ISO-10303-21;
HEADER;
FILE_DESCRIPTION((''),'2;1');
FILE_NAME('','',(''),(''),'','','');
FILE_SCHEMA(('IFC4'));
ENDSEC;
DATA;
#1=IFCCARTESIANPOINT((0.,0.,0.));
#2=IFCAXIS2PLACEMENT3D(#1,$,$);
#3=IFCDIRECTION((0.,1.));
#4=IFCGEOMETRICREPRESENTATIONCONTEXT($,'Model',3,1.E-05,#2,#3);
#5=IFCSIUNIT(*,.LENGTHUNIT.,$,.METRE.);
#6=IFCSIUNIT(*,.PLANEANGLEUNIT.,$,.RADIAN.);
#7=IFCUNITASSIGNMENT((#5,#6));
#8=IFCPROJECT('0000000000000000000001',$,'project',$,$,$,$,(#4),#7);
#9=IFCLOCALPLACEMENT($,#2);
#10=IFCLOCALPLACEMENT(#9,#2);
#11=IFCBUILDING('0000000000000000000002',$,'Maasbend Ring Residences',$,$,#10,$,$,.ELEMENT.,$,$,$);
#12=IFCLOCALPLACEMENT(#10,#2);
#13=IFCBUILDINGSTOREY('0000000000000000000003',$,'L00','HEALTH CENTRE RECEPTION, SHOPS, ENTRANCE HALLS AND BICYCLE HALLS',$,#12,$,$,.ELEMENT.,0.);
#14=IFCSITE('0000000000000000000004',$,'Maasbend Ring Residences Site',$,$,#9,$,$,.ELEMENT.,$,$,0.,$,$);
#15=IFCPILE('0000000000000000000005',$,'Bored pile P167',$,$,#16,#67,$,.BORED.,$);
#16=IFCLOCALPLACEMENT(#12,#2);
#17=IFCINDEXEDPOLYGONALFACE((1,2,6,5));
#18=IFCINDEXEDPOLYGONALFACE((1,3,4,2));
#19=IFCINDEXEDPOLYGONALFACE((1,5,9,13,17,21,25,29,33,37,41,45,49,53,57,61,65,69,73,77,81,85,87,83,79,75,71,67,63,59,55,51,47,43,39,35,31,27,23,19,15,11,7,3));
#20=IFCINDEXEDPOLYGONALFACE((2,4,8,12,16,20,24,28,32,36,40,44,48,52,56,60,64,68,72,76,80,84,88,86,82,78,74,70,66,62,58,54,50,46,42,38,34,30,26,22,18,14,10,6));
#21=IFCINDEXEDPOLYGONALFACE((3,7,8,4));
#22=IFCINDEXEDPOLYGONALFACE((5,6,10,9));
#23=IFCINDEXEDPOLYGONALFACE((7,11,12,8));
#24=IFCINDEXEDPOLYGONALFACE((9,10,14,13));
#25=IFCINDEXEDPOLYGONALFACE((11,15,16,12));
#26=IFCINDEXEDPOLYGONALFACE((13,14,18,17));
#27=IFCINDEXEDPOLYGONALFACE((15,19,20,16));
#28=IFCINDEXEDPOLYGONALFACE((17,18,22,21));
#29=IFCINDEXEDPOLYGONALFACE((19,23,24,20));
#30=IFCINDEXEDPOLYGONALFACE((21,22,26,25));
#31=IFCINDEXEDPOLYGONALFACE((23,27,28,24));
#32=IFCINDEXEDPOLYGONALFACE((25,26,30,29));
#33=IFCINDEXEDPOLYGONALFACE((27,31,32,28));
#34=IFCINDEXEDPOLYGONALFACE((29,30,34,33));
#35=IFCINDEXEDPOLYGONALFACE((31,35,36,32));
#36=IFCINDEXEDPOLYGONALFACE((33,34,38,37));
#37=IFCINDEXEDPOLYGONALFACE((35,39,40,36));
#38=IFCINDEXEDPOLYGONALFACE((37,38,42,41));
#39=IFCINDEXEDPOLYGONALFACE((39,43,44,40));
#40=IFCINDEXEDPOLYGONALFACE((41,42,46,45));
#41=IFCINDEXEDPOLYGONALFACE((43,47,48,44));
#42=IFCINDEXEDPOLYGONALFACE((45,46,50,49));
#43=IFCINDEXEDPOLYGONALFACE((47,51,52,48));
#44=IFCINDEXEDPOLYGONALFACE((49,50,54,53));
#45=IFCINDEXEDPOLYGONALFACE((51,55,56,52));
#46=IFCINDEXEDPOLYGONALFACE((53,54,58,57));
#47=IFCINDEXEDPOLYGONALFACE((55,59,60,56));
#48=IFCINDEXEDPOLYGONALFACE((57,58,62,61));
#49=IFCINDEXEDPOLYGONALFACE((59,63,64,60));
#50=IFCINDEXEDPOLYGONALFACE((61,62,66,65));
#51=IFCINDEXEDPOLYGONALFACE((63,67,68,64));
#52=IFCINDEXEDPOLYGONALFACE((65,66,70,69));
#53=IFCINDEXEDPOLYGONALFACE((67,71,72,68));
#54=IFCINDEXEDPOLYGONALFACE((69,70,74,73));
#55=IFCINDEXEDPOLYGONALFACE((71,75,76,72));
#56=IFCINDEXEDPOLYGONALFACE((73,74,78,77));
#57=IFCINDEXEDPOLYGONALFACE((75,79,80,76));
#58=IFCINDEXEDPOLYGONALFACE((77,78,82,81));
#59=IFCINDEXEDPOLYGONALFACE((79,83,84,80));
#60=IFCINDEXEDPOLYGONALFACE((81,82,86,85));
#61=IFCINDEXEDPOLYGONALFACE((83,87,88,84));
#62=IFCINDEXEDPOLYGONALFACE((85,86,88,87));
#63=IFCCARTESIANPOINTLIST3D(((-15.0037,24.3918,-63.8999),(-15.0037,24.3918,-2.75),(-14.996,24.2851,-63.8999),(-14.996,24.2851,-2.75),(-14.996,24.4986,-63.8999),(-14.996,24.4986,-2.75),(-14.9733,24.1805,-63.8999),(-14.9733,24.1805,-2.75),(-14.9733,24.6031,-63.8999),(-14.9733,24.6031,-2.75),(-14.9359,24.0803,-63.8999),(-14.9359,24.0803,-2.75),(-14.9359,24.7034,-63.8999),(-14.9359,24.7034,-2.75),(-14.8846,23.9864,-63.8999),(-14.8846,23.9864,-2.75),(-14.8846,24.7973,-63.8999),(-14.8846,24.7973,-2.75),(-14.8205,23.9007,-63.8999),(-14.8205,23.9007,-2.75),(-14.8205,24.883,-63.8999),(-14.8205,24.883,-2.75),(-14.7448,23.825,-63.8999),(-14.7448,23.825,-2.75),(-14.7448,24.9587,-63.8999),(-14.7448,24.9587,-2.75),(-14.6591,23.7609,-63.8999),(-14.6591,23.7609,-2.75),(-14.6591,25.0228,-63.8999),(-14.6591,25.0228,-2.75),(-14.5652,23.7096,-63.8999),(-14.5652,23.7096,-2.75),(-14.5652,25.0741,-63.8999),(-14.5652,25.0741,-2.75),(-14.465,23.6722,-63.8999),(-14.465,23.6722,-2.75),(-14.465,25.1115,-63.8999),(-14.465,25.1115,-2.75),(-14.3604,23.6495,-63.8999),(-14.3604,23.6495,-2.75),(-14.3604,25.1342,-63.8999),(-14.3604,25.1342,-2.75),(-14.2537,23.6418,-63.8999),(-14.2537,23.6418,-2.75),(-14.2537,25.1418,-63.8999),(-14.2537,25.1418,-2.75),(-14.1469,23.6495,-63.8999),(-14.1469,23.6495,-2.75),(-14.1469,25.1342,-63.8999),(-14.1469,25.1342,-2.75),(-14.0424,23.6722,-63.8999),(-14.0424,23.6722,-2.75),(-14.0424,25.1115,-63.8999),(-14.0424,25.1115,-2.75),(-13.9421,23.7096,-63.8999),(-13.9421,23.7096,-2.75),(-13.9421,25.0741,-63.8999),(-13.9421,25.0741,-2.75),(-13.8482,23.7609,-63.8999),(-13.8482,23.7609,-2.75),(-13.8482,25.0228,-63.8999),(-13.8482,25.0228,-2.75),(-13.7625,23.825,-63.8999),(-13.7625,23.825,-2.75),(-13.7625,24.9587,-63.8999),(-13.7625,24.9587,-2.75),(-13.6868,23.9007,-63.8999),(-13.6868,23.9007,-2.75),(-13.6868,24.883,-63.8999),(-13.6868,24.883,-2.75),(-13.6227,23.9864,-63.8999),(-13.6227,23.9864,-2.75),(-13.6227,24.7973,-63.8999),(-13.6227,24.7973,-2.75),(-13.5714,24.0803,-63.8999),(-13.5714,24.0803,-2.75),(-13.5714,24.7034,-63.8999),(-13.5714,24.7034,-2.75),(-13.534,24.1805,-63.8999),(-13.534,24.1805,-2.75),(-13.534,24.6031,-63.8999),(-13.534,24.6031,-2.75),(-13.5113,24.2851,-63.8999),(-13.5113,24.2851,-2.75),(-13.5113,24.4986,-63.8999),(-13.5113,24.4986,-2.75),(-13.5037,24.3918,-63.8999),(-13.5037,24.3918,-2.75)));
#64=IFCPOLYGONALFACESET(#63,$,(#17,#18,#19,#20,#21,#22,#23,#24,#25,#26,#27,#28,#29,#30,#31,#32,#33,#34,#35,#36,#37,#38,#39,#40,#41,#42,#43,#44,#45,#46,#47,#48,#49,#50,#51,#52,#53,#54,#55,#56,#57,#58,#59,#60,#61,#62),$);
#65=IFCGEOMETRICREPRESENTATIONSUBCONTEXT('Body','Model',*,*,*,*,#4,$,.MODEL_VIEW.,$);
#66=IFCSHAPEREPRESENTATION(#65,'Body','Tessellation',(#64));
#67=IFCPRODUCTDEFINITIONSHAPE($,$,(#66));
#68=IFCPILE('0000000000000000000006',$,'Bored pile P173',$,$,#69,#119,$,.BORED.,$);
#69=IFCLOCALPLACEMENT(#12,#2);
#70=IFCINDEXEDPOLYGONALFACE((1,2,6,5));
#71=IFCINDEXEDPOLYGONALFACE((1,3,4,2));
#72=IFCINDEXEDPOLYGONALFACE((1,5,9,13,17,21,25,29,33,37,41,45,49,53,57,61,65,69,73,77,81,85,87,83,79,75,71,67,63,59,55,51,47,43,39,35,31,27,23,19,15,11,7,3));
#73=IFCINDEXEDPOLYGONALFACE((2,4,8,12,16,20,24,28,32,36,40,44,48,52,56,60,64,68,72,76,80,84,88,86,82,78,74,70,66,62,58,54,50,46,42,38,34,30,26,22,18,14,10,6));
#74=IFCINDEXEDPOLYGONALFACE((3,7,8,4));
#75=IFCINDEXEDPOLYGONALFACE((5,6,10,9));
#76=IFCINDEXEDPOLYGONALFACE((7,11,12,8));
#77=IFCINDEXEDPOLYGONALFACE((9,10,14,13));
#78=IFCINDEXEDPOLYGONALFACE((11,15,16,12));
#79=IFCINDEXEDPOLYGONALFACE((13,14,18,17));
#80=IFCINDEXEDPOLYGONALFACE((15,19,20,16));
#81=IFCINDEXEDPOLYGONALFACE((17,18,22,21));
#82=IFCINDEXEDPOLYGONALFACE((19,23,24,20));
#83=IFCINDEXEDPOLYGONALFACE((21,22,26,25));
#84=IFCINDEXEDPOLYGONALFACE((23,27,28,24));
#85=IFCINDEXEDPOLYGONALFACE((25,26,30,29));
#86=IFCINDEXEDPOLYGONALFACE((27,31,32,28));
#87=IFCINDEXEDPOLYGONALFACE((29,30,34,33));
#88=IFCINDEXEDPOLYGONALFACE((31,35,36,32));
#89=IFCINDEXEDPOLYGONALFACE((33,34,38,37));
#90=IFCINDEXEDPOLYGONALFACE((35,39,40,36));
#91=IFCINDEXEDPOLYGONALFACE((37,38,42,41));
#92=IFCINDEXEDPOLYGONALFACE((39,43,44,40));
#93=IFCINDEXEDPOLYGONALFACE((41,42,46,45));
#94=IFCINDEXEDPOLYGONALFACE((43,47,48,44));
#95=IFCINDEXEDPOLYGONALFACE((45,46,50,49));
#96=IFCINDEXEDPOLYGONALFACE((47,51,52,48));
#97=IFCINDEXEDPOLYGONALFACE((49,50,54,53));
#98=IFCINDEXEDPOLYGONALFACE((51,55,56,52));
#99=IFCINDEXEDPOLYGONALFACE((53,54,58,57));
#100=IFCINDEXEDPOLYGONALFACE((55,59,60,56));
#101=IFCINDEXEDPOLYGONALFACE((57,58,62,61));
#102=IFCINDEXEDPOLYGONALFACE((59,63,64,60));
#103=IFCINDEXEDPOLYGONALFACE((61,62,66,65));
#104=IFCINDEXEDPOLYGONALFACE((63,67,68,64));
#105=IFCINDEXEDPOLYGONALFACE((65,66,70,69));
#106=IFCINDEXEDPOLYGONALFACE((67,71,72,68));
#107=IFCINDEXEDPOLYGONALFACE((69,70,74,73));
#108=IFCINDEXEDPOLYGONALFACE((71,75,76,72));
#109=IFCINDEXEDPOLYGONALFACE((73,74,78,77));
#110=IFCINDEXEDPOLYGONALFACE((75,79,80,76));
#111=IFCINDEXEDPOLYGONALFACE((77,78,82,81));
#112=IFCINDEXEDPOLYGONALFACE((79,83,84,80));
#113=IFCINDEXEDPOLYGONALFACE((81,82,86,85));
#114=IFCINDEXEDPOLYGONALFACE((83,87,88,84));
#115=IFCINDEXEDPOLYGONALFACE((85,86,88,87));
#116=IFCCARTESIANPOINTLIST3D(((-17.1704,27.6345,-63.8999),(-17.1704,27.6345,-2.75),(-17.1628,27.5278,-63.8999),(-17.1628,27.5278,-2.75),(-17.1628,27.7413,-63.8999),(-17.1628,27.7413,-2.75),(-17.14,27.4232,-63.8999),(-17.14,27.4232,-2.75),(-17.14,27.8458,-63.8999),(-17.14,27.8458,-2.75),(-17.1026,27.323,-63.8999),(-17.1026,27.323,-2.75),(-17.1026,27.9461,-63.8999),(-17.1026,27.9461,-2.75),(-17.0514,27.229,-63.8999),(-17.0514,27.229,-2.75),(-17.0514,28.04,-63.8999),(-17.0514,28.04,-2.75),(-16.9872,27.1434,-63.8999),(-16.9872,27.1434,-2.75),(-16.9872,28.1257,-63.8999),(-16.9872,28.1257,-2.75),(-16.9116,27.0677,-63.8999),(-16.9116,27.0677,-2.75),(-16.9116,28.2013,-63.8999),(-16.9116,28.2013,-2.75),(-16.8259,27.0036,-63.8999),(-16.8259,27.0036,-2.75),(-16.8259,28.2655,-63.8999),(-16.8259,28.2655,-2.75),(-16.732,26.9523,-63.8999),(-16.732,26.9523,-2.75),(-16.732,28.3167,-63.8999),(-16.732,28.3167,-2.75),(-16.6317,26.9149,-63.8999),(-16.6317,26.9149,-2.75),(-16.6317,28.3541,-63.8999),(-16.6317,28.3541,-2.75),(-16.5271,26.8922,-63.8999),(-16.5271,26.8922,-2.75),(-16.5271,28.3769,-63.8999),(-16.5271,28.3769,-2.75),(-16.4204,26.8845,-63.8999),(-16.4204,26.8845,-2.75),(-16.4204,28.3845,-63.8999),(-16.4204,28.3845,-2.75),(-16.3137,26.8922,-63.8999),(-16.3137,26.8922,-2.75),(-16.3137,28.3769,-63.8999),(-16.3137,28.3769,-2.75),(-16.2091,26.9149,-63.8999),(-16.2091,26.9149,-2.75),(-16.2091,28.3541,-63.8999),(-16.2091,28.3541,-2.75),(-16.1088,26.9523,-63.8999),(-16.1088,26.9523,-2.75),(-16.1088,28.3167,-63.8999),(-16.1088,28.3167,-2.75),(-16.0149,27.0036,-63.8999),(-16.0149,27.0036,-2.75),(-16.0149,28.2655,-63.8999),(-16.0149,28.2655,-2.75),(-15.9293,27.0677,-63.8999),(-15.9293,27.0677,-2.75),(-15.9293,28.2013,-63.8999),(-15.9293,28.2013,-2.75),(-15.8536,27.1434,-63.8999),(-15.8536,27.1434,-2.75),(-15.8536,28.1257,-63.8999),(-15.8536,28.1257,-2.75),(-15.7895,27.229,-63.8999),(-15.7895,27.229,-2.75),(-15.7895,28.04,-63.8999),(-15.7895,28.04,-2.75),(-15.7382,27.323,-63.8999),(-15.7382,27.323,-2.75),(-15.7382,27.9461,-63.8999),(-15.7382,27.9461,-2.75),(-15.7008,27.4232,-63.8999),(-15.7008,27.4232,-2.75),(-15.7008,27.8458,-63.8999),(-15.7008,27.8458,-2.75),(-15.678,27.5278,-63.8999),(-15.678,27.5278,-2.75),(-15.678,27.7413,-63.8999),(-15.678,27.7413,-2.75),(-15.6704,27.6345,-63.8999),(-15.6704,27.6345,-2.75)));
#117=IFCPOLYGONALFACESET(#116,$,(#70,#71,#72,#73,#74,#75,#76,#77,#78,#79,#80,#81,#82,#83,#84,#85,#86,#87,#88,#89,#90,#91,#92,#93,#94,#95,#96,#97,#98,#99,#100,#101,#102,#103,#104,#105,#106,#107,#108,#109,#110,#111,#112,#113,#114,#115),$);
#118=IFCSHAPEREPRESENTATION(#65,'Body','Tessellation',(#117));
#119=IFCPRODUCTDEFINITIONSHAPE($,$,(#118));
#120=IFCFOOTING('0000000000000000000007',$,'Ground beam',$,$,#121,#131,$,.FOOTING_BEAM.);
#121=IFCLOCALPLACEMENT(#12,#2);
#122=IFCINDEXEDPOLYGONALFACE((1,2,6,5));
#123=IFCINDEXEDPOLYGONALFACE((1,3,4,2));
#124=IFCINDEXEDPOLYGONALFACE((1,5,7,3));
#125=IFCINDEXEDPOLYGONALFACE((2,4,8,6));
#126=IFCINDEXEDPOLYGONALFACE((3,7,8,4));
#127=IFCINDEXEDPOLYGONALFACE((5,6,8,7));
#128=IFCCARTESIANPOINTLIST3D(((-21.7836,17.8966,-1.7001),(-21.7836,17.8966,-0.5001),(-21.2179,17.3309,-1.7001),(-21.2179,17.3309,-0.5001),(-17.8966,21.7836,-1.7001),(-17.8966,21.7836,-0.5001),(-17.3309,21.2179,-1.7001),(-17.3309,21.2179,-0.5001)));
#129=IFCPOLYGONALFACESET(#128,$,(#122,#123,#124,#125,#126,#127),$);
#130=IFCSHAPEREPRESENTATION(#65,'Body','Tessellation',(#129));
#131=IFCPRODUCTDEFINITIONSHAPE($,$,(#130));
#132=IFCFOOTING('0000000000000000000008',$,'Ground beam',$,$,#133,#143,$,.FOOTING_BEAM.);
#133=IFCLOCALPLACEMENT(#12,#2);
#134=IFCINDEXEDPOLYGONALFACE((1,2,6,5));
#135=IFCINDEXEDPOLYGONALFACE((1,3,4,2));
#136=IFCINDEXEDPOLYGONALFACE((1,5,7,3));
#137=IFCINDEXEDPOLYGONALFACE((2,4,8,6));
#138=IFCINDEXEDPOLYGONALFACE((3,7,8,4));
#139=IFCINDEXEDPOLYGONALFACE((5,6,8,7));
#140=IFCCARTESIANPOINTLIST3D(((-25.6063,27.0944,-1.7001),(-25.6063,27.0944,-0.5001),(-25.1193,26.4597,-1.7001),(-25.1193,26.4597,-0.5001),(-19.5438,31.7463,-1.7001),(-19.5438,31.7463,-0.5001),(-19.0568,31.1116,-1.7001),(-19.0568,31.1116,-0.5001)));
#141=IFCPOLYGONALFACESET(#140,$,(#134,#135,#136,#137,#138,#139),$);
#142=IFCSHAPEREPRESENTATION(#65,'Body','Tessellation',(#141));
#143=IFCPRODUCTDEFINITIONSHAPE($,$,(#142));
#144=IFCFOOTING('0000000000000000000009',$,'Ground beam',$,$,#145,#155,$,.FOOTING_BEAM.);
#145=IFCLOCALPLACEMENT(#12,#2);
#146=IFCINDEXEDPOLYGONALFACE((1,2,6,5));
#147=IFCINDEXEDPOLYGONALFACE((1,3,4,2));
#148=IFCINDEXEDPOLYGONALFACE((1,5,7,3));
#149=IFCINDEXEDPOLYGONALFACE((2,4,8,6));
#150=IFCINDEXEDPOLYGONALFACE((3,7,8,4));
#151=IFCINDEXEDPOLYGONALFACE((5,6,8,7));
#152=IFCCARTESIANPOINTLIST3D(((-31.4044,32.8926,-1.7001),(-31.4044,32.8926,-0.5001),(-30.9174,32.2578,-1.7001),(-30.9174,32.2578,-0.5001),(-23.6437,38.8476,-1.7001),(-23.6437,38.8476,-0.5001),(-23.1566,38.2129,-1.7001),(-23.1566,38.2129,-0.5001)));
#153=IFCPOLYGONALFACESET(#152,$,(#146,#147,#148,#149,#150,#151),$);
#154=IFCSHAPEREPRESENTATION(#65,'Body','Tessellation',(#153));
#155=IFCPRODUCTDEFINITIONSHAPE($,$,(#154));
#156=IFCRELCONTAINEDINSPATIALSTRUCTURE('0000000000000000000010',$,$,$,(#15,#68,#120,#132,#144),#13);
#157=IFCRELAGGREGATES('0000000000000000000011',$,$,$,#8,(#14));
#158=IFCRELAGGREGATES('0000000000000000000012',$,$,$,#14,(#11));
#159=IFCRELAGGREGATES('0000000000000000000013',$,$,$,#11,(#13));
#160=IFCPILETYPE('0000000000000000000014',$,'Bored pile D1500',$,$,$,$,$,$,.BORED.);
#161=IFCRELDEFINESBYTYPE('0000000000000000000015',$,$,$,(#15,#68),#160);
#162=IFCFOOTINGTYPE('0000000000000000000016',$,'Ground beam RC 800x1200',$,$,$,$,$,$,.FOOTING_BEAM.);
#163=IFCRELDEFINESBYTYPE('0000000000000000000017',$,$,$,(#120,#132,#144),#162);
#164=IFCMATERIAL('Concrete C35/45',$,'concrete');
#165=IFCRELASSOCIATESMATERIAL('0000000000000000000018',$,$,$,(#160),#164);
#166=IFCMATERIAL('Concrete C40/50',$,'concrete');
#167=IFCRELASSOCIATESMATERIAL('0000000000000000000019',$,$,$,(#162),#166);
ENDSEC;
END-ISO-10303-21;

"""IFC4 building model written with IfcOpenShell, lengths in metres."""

from ifc_helpers import new_model, si_unit, direction, frame, origin, origin_2d, place, context, subcontext, project, spatial, rectangle, circle, extrude, material, material_profile, profile_set, type_object, element, save


model = new_model("IFC4")

# Units and contexts
model_context = context("Model", 3, precision=1e-05, world=origin(), true_north=direction((0.0, 1.0)))
body_context = subcontext(model_context, "Body", "Model", "MODEL_VIEW")
ifc_project = project(units=[si_unit("LENGTHUNIT", "METRE"), si_unit("PLANEANGLEUNIT", "RADIAN")], contexts=[model_context])

# Site, building, storey
site_placement = place(None, origin())
site = spatial("IfcSite", under=ifc_project, at=site_placement, Name="Maasbend Ring Residences Site", CompositionType="ELEMENT", RefElevation=0.0)
building_placement = place(site_placement, origin())
building = spatial("IfcBuilding", under=site, at=building_placement, Name="Maasbend Ring Residences", CompositionType="ELEMENT")
storey_placement = place(building_placement, origin())
storey = spatial("IfcBuildingStorey", under=building, at=storey_placement, Name="L00", Description="HEALTH CENTRE RECEPTION, SHOPS, ENTRANCE HALLS AND BICYCLE HALLS", CompositionType="ELEMENT", Elevation=0.0)

# Piles
ifc_material_1 = material(Name="Concrete C35/45", Category="concrete")
ifc_material_profile_1 = material_profile(ifc_material_1, circle(Radius=0.75, at=origin_2d()), Name="Bored pile D1500")
ifc_profile_set_1 = profile_set([ifc_material_profile_1], Name="Concrete C35/45")
pile_type = type_object("IfcPileType", Name="Bored pile D1500", PredefinedType="BORED", material=ifc_profile_set_1)
for number, where, z_axis, x_axis, name in (
    (1, (-14.2537, 24.3918, -2.75), (0.0, 0.0, -1.0), (1.0, 0.0, 0.0), "Bored pile P167"),
    (2, (-16.4204, 27.6345, -2.75), (0.0, 0.0, -1.0), (1.0, 0.0, 0.0), "Bored pile P173"),
):
    element("IfcPile", number, at=place(storey_placement, frame(where, z_axis=z_axis, x_axis=x_axis)), inside=storey, type_object=pile_type, Name=name, PredefinedType="BORED", context=body_context, shape_type="SweptSolid", body=[
        extrude(circle(Radius=0.75, at=origin_2d()), origin(), (0.0, 0.0, 1.0), 61.1499),
    ])

# Footings
ifc_material_2 = material(Name="Concrete C40/50", Category="concrete")
ifc_material_profile_2 = material_profile(ifc_material_2, rectangle(XDim=0.8, YDim=1.2, at=origin_2d()), Name="Ground beam RC 800x1200")
ifc_profile_set_2 = profile_set([ifc_material_profile_2], Name="Concrete C40/50")
footing_type = type_object("IfcFootingType", Name="Ground beam RC 800x1200", PredefinedType="FOOTING_BEAM", material=ifc_profile_set_2)
footing_1_placement = place(storey_placement, frame((-17.6138, 21.5007, -1.1001), z_axis=(-0.707107, -0.707107, 0.0), x_axis=(0.707107, -0.707107, 0.0)))
element("IfcFooting", 3, at=footing_1_placement, inside=storey, type_object=footing_type, Name="Ground beam", PredefinedType="FOOTING_BEAM", context=body_context, shape_type="SweptSolid", body=[
    extrude(rectangle(XDim=0.8, YDim=1.2, at=origin_2d()), origin(), (0.0, 0.0, 1.0), 5.4971),
])
footing_2_placement = place(storey_placement, frame((-19.3003, 31.429, -1.1001), z_axis=(-0.793357, -0.608756, 0.0), x_axis=(0.608756, -0.793357, 0.0)))
element("IfcFooting", 4, at=footing_2_placement, inside=storey, type_object=footing_type, Name="Ground beam", PredefinedType="FOOTING_BEAM", context=body_context, shape_type="SweptSolid", body=[
    extrude(rectangle(XDim=0.8, YDim=1.2, at=origin_2d()), origin(), (0.0, 0.0, 1.0), 7.6416),
])
footing_3_placement = place(storey_placement, frame((-23.4001, 38.5303, -1.1001), z_axis=(-0.793351, -0.608765, 0.0), x_axis=(0.608765, -0.793351, 0.0)))
element("IfcFooting", 5, at=footing_3_placement, inside=storey, type_object=footing_type, Name="Ground beam", PredefinedType="FOOTING_BEAM", context=body_context, shape_type="SweptSolid", body=[
    extrude(rectangle(XDim=0.8, YDim=1.2, at=origin_2d()), origin(), (0.0, 0.0, 1.0), 9.7822),
])

save(model, "model.ifc")
